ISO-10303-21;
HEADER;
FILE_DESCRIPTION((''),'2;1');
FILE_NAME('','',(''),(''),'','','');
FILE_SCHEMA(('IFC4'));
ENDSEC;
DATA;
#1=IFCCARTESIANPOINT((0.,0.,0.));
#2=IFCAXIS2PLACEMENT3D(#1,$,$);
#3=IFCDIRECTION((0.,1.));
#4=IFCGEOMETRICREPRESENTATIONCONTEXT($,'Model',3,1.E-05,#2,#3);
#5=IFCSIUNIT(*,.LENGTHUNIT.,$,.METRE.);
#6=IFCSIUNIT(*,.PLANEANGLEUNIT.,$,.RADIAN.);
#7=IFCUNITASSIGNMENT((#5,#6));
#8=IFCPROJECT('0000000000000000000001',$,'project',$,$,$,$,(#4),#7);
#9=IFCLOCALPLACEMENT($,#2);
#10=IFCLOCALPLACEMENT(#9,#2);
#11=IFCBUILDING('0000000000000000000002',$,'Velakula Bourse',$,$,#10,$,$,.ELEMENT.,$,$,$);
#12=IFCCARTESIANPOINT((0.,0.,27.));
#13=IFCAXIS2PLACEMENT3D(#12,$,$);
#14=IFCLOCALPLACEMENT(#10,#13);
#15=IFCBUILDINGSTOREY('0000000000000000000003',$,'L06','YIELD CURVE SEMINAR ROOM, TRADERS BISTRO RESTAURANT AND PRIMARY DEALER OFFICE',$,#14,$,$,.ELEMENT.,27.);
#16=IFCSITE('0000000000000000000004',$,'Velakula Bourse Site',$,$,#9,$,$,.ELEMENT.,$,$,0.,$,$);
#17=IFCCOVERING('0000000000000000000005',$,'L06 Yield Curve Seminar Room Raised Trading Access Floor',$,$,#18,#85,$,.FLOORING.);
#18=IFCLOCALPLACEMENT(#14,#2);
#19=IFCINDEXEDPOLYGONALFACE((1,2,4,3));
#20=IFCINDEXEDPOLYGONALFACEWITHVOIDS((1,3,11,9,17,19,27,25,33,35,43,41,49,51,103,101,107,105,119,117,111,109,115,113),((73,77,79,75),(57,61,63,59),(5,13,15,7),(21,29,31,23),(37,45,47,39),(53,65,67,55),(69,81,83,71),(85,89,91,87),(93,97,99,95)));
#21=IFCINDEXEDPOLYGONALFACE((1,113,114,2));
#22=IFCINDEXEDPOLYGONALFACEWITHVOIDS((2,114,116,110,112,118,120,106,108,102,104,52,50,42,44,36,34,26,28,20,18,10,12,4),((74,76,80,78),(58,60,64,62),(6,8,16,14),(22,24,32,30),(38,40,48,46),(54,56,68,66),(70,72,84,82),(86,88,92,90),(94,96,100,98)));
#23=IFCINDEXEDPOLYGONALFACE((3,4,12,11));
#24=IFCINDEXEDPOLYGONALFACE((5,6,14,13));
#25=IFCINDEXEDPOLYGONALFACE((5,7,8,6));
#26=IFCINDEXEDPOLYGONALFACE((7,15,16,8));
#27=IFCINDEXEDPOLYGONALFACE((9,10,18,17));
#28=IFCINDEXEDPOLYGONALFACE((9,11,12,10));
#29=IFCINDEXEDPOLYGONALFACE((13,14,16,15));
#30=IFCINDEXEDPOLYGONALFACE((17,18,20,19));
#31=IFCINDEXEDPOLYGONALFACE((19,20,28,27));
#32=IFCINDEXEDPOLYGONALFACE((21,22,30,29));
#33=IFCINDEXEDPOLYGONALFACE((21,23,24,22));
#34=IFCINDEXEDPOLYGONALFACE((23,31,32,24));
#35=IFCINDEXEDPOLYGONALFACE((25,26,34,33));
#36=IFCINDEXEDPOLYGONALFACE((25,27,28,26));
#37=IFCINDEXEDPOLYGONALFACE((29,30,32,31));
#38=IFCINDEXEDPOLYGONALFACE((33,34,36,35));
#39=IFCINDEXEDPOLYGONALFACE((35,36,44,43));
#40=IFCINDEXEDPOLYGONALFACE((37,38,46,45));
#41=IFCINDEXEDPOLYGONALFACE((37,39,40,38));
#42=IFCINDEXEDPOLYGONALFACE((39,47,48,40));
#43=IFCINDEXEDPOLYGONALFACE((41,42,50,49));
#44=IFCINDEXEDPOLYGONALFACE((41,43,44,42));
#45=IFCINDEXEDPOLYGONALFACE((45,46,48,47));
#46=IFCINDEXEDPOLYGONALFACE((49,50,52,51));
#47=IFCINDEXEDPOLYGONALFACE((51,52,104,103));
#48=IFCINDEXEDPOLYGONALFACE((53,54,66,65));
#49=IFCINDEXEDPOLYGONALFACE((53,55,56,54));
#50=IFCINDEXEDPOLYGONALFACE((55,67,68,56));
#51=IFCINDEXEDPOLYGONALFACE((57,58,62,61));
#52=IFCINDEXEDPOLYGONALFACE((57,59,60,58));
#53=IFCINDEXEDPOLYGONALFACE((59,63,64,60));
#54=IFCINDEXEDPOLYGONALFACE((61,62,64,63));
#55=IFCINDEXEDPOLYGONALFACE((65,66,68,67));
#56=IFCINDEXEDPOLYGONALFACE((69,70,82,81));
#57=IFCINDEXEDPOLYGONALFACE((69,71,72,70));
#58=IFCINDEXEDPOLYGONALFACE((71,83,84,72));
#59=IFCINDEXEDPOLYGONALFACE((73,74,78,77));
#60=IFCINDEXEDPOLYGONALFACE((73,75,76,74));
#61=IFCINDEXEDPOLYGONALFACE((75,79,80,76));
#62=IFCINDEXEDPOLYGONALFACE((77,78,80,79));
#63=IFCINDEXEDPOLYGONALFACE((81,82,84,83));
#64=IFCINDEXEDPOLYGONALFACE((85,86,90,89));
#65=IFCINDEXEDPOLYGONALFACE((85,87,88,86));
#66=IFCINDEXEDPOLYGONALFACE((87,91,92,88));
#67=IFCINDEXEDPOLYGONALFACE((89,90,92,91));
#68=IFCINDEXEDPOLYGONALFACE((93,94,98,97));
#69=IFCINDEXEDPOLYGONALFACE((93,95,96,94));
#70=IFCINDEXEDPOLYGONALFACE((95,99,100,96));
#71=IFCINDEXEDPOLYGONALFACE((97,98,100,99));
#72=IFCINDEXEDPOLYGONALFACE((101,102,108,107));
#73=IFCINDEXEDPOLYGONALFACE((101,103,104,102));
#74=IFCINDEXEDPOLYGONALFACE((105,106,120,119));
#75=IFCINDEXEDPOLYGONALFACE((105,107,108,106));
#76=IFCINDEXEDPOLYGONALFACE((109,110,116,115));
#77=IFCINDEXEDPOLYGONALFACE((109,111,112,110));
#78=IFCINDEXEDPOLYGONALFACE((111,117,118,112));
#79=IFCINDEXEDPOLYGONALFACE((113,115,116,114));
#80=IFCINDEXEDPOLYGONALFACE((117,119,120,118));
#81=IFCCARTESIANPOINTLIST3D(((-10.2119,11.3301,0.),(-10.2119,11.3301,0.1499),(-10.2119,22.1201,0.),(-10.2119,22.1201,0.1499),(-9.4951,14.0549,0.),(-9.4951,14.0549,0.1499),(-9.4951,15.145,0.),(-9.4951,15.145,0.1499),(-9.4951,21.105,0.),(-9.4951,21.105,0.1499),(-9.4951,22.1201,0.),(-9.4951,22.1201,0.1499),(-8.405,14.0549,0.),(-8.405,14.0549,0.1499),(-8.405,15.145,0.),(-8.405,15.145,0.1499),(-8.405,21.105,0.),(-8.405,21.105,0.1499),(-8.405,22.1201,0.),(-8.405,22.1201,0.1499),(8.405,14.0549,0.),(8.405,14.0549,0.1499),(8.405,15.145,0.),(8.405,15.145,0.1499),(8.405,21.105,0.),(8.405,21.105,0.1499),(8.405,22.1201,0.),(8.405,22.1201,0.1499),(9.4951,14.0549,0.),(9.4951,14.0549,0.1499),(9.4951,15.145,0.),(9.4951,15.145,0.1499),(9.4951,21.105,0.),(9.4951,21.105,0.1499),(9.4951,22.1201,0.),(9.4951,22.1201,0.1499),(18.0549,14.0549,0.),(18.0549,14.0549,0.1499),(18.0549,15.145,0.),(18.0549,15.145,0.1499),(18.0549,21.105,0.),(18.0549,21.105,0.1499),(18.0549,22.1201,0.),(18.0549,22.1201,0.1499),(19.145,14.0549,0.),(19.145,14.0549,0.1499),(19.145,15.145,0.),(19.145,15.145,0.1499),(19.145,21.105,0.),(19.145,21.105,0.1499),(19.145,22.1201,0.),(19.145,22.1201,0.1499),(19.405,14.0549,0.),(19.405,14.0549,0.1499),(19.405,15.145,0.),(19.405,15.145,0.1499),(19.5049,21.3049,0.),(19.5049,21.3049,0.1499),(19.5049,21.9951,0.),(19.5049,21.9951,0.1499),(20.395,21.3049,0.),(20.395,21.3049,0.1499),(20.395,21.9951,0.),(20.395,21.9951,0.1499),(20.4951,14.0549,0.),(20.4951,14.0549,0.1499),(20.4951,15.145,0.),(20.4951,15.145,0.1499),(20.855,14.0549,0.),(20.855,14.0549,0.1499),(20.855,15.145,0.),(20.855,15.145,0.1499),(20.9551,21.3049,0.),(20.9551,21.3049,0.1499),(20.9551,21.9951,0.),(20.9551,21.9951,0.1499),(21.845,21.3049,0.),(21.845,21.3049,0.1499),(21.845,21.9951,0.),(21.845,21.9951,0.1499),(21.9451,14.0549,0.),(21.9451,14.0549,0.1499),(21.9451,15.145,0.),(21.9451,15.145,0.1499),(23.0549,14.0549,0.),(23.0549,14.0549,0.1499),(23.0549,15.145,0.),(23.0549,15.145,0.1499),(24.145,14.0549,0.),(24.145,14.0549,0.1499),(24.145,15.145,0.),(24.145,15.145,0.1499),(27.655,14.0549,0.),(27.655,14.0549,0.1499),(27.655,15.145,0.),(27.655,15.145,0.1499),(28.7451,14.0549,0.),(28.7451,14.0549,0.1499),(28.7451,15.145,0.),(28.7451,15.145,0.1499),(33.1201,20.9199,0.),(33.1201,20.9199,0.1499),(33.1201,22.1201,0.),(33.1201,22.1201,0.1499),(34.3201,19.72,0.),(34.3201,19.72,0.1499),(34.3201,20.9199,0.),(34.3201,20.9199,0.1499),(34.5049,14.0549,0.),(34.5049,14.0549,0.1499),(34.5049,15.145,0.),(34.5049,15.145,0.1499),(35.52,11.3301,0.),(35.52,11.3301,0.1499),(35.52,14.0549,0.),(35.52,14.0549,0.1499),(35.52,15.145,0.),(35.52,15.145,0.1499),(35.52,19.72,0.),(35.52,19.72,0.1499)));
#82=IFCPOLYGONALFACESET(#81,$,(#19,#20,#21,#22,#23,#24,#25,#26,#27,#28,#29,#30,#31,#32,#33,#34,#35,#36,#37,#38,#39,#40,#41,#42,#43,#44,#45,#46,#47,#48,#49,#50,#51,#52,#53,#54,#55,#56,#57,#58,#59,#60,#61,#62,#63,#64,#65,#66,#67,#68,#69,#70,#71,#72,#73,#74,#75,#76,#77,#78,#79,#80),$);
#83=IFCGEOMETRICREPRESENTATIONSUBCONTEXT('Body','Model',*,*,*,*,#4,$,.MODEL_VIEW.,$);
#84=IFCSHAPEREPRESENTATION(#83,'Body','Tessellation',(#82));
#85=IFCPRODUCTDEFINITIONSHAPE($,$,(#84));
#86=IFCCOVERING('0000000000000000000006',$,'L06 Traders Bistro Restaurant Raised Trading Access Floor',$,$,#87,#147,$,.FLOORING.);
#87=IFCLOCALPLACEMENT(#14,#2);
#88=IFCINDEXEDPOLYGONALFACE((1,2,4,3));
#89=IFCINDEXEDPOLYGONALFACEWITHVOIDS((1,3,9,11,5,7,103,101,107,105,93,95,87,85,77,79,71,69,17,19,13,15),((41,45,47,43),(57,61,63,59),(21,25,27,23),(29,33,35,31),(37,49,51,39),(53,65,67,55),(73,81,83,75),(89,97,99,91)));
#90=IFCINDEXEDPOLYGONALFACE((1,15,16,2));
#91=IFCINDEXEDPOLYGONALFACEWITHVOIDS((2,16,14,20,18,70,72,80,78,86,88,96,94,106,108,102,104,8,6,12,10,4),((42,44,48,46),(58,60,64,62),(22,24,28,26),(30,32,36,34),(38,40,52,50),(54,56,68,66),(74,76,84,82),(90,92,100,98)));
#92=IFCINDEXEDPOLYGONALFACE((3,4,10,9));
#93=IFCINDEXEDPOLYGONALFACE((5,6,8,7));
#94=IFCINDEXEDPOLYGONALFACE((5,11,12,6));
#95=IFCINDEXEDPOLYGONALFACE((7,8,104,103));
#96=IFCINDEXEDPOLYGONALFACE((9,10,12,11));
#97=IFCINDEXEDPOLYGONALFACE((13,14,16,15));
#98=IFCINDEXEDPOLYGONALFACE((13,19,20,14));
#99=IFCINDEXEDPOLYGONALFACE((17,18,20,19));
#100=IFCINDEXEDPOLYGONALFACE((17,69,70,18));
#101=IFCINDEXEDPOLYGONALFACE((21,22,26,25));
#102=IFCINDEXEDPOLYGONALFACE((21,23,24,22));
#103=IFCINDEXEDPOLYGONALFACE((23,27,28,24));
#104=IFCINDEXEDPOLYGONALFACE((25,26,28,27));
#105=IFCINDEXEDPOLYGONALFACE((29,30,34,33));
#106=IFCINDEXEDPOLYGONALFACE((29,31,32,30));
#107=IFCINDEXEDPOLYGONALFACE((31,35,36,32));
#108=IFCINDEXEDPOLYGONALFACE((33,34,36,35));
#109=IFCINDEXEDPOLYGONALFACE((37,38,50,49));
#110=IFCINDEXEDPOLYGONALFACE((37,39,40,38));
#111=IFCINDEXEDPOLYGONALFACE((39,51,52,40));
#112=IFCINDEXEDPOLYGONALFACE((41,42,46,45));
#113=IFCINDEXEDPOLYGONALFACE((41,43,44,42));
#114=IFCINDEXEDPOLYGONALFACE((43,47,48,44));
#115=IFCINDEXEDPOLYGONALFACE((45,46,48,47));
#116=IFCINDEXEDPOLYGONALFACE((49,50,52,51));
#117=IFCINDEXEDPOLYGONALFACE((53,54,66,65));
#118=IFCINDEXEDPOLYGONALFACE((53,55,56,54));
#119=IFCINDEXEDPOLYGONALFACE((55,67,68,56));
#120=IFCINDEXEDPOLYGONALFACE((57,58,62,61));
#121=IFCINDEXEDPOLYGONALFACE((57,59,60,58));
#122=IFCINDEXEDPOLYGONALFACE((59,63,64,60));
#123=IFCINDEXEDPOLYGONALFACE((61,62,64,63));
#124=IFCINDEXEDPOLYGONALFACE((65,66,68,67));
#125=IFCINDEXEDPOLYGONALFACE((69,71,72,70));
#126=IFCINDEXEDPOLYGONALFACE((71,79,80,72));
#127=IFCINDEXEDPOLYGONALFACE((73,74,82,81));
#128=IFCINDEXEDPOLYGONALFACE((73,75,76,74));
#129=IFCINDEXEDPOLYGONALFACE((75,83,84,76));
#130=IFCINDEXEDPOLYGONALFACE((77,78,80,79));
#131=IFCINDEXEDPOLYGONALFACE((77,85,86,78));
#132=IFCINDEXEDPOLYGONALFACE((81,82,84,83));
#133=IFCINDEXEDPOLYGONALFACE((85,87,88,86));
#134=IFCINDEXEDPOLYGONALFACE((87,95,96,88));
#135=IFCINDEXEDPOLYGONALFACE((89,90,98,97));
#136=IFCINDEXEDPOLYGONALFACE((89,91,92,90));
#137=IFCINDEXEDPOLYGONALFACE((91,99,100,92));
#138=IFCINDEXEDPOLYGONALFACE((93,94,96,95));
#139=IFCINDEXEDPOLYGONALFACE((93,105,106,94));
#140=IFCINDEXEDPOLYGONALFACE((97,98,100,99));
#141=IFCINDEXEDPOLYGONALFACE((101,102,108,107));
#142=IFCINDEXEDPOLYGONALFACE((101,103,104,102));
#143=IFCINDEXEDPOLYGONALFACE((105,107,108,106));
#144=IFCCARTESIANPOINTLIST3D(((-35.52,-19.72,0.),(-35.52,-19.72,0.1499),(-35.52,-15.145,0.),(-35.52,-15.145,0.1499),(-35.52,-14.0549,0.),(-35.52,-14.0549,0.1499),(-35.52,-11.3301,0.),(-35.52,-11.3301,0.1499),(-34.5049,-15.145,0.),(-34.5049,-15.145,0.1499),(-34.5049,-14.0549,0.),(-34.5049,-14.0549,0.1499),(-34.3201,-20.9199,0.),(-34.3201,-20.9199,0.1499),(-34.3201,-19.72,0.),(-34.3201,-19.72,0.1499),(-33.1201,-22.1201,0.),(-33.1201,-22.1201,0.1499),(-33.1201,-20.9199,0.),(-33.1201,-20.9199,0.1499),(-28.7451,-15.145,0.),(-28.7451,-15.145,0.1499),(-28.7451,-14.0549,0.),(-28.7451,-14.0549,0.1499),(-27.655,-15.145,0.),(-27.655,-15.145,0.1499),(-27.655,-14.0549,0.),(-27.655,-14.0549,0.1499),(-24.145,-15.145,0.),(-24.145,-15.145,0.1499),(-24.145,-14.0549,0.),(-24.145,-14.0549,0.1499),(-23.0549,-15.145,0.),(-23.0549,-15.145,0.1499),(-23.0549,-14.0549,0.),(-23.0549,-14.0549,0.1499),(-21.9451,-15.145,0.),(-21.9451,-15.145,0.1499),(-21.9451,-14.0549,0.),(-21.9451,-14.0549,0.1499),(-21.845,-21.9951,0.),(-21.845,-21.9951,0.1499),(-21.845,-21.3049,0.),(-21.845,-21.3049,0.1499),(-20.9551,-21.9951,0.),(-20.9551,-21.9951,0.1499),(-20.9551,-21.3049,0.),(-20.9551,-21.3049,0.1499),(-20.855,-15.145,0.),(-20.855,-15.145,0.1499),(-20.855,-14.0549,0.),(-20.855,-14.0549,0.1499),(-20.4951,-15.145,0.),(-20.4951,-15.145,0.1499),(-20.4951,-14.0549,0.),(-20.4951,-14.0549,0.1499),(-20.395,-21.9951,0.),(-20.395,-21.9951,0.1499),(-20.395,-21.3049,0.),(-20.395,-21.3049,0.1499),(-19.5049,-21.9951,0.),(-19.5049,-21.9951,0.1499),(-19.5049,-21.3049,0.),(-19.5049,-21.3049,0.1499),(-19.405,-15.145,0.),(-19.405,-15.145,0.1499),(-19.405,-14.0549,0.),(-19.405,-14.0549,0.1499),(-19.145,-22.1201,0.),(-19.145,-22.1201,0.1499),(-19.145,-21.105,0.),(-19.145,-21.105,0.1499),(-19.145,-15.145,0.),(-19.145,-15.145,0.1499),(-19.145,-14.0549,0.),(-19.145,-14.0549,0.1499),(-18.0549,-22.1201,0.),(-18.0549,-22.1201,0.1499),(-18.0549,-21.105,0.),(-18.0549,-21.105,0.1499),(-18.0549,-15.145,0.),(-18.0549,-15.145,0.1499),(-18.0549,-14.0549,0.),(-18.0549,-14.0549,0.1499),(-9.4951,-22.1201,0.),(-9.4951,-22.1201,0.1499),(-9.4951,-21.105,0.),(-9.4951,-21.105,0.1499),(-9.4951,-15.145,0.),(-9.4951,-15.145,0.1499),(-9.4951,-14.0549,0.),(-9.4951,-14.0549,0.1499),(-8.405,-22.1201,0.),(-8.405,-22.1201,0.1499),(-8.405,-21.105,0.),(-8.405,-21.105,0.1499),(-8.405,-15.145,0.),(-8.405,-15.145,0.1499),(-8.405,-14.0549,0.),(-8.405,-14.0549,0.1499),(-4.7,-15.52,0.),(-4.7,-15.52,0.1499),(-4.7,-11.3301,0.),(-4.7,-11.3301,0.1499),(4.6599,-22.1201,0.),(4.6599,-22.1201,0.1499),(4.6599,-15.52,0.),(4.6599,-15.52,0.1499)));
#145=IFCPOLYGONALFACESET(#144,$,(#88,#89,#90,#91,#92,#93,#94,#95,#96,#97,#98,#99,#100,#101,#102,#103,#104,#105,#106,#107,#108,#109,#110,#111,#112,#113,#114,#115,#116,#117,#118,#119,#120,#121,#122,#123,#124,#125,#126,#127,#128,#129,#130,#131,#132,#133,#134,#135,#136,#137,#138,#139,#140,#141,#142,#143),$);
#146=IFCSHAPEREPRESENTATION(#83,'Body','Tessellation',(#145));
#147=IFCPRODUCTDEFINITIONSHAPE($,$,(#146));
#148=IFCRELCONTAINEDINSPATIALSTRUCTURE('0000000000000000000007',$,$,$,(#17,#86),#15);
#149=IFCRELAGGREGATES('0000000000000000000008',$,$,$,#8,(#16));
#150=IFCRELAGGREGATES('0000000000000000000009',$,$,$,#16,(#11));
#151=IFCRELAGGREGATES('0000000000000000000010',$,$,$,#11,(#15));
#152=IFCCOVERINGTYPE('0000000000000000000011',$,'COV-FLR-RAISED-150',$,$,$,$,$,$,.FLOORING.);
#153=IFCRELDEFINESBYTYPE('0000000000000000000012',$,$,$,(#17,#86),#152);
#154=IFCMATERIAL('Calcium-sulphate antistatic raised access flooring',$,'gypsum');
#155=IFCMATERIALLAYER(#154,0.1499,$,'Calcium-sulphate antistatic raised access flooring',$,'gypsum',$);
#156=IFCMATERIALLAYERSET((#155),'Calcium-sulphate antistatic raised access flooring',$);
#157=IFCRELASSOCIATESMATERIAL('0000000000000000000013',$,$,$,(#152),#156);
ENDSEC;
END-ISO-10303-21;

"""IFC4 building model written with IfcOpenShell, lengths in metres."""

from ifc_helpers import new_model, si_unit, direction, frame, origin, place, context, subcontext, project, spatial, polyline, outline, extrude, material, layer, layer_set, type_object, element, save


model = new_model("IFC4")

# Units and contexts
model_context = context("Model", 3, precision=1e-05, world=origin(), true_north=direction((0.0, 1.0)))
body_context = subcontext(model_context, "Body", "Model", "MODEL_VIEW")
ifc_project = project(units=[si_unit("LENGTHUNIT", "METRE"), si_unit("PLANEANGLEUNIT", "RADIAN")], contexts=[model_context])

# Site, building, storey
site_placement = place(None, origin())
site = spatial("IfcSite", under=ifc_project, at=site_placement, Name="Velakula Bourse Site", CompositionType="ELEMENT", RefElevation=0.0)
building_placement = place(site_placement, origin())
building = spatial("IfcBuilding", under=site, at=building_placement, Name="Velakula Bourse", CompositionType="ELEMENT")
storey_placement = place(building_placement, frame((0.0, 0.0, 27.0)))
storey = spatial("IfcBuildingStorey", under=building, at=storey_placement, Name="L06", Description="YIELD CURVE SEMINAR ROOM, TRADERS BISTRO RESTAURANT AND PRIMARY DEALER OFFICE", CompositionType="ELEMENT", Elevation=27.0)

# Coverings
ifc_material_1 = material(Name="Calcium-sulphate antistatic raised access flooring", Category="gypsum")
ifc_layer_1 = layer(ifc_material_1, 0.1499, Name="Calcium-sulphate antistatic raised access flooring", Category="gypsum")
ifc_layer_set_1 = layer_set([ifc_layer_1], Name="Calcium-sulphate antistatic raised access flooring")
covering_type_1 = type_object("IfcCoveringType", Name="COV-FLR-RAISED-150", PredefinedType="FLOORING", material=ifc_layer_set_1)
covering_1_placement = place(storey_placement, origin())
element("IfcCovering", 1, at=covering_1_placement, inside=storey, type_object=covering_type_1, Name="L06 Yield Curve Seminar Room Raised Trading Access Floor", PredefinedType="FLOORING", context=body_context, shape_type="SweptSolid", body=[
    extrude(outline(polyline([(8.405, 22.1201), (8.405, 21.105), (9.4951, 21.105), (9.4951, 22.1201), (18.0549, 22.1201), (18.0549, 21.105), (19.145, 21.105), (19.145, 22.1201), (33.1201, 22.1201), (33.1201, 20.9199), (34.3201, 20.9199), (34.3201, 19.72), (35.52, 19.72), (35.52, 15.145), (34.5049, 15.145), (34.5049, 14.0549), (35.52, 14.0549), (35.52, 11.3301), (-10.2119, 11.3301), (-10.2119, 22.1201), (-9.4951, 22.1201), (-9.4951, 21.105), (-8.405, 21.105), (-8.405, 22.1201), (8.405, 22.1201)]), holes=[polyline([(8.405, 15.145), (8.405, 14.0549), (9.4951, 14.0549), (9.4951, 15.145), (8.405, 15.145)]), polyline([(-9.4951, 14.0549), (-8.405, 14.0549), (-8.405, 15.145), (-9.4951, 15.145), (-9.4951, 14.0549)]), polyline([(27.655, 15.145), (27.655, 14.0549), (28.7451, 14.0549), (28.7451, 15.145), (27.655, 15.145)]), polyline([(23.0549, 15.145), (23.0549, 14.0549), (24.145, 14.0549), (24.145, 15.145), (23.0549, 15.145)]), polyline([(20.855, 14.0549), (21.9451, 14.0549), (21.9451, 15.145), (20.855, 15.145), (20.855, 14.0549)]), polyline([(19.405, 14.0549), (20.4951, 14.0549), (20.4951, 15.145), (19.405, 15.145), (19.405, 14.0549)]), polyline([(18.0549, 14.0549), (19.145, 14.0549), (19.145, 15.145), (18.0549, 15.145), (18.0549, 14.0549)]), polyline([(20.9551, 21.9951), (20.9551, 21.3049), (21.845, 21.3049), (21.845, 21.9951), (20.9551, 21.9951)]), polyline([(19.5049, 21.9951), (19.5049, 21.3049), (20.395, 21.3049), (20.395, 21.9951), (19.5049, 21.9951)])]), origin(), (0.0, 0.0, 1.0), 0.1499),
])
covering_2_placement = place(storey_placement, origin())
element("IfcCovering", 2, at=covering_2_placement, inside=storey, type_object=covering_type_1, Name="L06 Traders Bistro Restaurant Raised Trading Access Floor", PredefinedType="FLOORING", context=body_context, shape_type="SweptSolid", body=[
    extrude(outline(polyline([(-35.52, -11.3301), (-4.7, -11.3301), (-4.7, -15.52), (4.6599, -15.52), (4.6599, -22.1201), (-8.405, -22.1201), (-8.405, -21.105), (-9.4951, -21.105), (-9.4951, -22.1201), (-18.0549, -22.1201), (-18.0549, -21.105), (-19.145, -21.105), (-19.145, -22.1201), (-33.1201, -22.1201), (-33.1201, -20.9199), (-34.3201, -20.9199), (-34.3201, -19.72), (-35.52, -19.72), (-35.52, -15.145), (-34.5049, -15.145), (-34.5049, -14.0549), (-35.52, -14.0549), (-35.52, -11.3301)]), holes=[polyline([(-20.395, -21.9951), (-19.5049, -21.9951), (-19.5049, -21.3049), (-20.395, -21.3049), (-20.395, -21.9951)]), polyline([(-21.845, -21.9951), (-20.9551, -21.9951), (-20.9551, -21.3049), (-21.845, -21.3049), (-21.845, -21.9951)]), polyline([(-19.145, -15.145), (-18.0549, -15.145), (-18.0549, -14.0549), (-19.145, -14.0549), (-19.145, -15.145)]), polyline([(-28.7451, -14.0549), (-28.7451, -15.145), (-27.655, -15.145), (-27.655, -14.0549), (-28.7451, -14.0549)]), polyline([(-20.4951, -15.145), (-19.405, -15.145), (-19.405, -14.0549), (-20.4951, -14.0549), (-20.4951, -15.145)]), polyline([(-24.145, -15.145), (-23.0549, -15.145), (-23.0549, -14.0549), (-24.145, -14.0549), (-24.145, -15.145)]), polyline([(-21.9451, -15.145), (-20.855, -15.145), (-20.855, -14.0549), (-21.9451, -14.0549), (-21.9451, -15.145)]), polyline([(-9.4951, -15.145), (-8.405, -15.145), (-8.405, -14.0549), (-9.4951, -14.0549), (-9.4951, -15.145)])]), origin(), (0.0, 0.0, 1.0), 0.1499),
])

save(model, "model.ifc")
